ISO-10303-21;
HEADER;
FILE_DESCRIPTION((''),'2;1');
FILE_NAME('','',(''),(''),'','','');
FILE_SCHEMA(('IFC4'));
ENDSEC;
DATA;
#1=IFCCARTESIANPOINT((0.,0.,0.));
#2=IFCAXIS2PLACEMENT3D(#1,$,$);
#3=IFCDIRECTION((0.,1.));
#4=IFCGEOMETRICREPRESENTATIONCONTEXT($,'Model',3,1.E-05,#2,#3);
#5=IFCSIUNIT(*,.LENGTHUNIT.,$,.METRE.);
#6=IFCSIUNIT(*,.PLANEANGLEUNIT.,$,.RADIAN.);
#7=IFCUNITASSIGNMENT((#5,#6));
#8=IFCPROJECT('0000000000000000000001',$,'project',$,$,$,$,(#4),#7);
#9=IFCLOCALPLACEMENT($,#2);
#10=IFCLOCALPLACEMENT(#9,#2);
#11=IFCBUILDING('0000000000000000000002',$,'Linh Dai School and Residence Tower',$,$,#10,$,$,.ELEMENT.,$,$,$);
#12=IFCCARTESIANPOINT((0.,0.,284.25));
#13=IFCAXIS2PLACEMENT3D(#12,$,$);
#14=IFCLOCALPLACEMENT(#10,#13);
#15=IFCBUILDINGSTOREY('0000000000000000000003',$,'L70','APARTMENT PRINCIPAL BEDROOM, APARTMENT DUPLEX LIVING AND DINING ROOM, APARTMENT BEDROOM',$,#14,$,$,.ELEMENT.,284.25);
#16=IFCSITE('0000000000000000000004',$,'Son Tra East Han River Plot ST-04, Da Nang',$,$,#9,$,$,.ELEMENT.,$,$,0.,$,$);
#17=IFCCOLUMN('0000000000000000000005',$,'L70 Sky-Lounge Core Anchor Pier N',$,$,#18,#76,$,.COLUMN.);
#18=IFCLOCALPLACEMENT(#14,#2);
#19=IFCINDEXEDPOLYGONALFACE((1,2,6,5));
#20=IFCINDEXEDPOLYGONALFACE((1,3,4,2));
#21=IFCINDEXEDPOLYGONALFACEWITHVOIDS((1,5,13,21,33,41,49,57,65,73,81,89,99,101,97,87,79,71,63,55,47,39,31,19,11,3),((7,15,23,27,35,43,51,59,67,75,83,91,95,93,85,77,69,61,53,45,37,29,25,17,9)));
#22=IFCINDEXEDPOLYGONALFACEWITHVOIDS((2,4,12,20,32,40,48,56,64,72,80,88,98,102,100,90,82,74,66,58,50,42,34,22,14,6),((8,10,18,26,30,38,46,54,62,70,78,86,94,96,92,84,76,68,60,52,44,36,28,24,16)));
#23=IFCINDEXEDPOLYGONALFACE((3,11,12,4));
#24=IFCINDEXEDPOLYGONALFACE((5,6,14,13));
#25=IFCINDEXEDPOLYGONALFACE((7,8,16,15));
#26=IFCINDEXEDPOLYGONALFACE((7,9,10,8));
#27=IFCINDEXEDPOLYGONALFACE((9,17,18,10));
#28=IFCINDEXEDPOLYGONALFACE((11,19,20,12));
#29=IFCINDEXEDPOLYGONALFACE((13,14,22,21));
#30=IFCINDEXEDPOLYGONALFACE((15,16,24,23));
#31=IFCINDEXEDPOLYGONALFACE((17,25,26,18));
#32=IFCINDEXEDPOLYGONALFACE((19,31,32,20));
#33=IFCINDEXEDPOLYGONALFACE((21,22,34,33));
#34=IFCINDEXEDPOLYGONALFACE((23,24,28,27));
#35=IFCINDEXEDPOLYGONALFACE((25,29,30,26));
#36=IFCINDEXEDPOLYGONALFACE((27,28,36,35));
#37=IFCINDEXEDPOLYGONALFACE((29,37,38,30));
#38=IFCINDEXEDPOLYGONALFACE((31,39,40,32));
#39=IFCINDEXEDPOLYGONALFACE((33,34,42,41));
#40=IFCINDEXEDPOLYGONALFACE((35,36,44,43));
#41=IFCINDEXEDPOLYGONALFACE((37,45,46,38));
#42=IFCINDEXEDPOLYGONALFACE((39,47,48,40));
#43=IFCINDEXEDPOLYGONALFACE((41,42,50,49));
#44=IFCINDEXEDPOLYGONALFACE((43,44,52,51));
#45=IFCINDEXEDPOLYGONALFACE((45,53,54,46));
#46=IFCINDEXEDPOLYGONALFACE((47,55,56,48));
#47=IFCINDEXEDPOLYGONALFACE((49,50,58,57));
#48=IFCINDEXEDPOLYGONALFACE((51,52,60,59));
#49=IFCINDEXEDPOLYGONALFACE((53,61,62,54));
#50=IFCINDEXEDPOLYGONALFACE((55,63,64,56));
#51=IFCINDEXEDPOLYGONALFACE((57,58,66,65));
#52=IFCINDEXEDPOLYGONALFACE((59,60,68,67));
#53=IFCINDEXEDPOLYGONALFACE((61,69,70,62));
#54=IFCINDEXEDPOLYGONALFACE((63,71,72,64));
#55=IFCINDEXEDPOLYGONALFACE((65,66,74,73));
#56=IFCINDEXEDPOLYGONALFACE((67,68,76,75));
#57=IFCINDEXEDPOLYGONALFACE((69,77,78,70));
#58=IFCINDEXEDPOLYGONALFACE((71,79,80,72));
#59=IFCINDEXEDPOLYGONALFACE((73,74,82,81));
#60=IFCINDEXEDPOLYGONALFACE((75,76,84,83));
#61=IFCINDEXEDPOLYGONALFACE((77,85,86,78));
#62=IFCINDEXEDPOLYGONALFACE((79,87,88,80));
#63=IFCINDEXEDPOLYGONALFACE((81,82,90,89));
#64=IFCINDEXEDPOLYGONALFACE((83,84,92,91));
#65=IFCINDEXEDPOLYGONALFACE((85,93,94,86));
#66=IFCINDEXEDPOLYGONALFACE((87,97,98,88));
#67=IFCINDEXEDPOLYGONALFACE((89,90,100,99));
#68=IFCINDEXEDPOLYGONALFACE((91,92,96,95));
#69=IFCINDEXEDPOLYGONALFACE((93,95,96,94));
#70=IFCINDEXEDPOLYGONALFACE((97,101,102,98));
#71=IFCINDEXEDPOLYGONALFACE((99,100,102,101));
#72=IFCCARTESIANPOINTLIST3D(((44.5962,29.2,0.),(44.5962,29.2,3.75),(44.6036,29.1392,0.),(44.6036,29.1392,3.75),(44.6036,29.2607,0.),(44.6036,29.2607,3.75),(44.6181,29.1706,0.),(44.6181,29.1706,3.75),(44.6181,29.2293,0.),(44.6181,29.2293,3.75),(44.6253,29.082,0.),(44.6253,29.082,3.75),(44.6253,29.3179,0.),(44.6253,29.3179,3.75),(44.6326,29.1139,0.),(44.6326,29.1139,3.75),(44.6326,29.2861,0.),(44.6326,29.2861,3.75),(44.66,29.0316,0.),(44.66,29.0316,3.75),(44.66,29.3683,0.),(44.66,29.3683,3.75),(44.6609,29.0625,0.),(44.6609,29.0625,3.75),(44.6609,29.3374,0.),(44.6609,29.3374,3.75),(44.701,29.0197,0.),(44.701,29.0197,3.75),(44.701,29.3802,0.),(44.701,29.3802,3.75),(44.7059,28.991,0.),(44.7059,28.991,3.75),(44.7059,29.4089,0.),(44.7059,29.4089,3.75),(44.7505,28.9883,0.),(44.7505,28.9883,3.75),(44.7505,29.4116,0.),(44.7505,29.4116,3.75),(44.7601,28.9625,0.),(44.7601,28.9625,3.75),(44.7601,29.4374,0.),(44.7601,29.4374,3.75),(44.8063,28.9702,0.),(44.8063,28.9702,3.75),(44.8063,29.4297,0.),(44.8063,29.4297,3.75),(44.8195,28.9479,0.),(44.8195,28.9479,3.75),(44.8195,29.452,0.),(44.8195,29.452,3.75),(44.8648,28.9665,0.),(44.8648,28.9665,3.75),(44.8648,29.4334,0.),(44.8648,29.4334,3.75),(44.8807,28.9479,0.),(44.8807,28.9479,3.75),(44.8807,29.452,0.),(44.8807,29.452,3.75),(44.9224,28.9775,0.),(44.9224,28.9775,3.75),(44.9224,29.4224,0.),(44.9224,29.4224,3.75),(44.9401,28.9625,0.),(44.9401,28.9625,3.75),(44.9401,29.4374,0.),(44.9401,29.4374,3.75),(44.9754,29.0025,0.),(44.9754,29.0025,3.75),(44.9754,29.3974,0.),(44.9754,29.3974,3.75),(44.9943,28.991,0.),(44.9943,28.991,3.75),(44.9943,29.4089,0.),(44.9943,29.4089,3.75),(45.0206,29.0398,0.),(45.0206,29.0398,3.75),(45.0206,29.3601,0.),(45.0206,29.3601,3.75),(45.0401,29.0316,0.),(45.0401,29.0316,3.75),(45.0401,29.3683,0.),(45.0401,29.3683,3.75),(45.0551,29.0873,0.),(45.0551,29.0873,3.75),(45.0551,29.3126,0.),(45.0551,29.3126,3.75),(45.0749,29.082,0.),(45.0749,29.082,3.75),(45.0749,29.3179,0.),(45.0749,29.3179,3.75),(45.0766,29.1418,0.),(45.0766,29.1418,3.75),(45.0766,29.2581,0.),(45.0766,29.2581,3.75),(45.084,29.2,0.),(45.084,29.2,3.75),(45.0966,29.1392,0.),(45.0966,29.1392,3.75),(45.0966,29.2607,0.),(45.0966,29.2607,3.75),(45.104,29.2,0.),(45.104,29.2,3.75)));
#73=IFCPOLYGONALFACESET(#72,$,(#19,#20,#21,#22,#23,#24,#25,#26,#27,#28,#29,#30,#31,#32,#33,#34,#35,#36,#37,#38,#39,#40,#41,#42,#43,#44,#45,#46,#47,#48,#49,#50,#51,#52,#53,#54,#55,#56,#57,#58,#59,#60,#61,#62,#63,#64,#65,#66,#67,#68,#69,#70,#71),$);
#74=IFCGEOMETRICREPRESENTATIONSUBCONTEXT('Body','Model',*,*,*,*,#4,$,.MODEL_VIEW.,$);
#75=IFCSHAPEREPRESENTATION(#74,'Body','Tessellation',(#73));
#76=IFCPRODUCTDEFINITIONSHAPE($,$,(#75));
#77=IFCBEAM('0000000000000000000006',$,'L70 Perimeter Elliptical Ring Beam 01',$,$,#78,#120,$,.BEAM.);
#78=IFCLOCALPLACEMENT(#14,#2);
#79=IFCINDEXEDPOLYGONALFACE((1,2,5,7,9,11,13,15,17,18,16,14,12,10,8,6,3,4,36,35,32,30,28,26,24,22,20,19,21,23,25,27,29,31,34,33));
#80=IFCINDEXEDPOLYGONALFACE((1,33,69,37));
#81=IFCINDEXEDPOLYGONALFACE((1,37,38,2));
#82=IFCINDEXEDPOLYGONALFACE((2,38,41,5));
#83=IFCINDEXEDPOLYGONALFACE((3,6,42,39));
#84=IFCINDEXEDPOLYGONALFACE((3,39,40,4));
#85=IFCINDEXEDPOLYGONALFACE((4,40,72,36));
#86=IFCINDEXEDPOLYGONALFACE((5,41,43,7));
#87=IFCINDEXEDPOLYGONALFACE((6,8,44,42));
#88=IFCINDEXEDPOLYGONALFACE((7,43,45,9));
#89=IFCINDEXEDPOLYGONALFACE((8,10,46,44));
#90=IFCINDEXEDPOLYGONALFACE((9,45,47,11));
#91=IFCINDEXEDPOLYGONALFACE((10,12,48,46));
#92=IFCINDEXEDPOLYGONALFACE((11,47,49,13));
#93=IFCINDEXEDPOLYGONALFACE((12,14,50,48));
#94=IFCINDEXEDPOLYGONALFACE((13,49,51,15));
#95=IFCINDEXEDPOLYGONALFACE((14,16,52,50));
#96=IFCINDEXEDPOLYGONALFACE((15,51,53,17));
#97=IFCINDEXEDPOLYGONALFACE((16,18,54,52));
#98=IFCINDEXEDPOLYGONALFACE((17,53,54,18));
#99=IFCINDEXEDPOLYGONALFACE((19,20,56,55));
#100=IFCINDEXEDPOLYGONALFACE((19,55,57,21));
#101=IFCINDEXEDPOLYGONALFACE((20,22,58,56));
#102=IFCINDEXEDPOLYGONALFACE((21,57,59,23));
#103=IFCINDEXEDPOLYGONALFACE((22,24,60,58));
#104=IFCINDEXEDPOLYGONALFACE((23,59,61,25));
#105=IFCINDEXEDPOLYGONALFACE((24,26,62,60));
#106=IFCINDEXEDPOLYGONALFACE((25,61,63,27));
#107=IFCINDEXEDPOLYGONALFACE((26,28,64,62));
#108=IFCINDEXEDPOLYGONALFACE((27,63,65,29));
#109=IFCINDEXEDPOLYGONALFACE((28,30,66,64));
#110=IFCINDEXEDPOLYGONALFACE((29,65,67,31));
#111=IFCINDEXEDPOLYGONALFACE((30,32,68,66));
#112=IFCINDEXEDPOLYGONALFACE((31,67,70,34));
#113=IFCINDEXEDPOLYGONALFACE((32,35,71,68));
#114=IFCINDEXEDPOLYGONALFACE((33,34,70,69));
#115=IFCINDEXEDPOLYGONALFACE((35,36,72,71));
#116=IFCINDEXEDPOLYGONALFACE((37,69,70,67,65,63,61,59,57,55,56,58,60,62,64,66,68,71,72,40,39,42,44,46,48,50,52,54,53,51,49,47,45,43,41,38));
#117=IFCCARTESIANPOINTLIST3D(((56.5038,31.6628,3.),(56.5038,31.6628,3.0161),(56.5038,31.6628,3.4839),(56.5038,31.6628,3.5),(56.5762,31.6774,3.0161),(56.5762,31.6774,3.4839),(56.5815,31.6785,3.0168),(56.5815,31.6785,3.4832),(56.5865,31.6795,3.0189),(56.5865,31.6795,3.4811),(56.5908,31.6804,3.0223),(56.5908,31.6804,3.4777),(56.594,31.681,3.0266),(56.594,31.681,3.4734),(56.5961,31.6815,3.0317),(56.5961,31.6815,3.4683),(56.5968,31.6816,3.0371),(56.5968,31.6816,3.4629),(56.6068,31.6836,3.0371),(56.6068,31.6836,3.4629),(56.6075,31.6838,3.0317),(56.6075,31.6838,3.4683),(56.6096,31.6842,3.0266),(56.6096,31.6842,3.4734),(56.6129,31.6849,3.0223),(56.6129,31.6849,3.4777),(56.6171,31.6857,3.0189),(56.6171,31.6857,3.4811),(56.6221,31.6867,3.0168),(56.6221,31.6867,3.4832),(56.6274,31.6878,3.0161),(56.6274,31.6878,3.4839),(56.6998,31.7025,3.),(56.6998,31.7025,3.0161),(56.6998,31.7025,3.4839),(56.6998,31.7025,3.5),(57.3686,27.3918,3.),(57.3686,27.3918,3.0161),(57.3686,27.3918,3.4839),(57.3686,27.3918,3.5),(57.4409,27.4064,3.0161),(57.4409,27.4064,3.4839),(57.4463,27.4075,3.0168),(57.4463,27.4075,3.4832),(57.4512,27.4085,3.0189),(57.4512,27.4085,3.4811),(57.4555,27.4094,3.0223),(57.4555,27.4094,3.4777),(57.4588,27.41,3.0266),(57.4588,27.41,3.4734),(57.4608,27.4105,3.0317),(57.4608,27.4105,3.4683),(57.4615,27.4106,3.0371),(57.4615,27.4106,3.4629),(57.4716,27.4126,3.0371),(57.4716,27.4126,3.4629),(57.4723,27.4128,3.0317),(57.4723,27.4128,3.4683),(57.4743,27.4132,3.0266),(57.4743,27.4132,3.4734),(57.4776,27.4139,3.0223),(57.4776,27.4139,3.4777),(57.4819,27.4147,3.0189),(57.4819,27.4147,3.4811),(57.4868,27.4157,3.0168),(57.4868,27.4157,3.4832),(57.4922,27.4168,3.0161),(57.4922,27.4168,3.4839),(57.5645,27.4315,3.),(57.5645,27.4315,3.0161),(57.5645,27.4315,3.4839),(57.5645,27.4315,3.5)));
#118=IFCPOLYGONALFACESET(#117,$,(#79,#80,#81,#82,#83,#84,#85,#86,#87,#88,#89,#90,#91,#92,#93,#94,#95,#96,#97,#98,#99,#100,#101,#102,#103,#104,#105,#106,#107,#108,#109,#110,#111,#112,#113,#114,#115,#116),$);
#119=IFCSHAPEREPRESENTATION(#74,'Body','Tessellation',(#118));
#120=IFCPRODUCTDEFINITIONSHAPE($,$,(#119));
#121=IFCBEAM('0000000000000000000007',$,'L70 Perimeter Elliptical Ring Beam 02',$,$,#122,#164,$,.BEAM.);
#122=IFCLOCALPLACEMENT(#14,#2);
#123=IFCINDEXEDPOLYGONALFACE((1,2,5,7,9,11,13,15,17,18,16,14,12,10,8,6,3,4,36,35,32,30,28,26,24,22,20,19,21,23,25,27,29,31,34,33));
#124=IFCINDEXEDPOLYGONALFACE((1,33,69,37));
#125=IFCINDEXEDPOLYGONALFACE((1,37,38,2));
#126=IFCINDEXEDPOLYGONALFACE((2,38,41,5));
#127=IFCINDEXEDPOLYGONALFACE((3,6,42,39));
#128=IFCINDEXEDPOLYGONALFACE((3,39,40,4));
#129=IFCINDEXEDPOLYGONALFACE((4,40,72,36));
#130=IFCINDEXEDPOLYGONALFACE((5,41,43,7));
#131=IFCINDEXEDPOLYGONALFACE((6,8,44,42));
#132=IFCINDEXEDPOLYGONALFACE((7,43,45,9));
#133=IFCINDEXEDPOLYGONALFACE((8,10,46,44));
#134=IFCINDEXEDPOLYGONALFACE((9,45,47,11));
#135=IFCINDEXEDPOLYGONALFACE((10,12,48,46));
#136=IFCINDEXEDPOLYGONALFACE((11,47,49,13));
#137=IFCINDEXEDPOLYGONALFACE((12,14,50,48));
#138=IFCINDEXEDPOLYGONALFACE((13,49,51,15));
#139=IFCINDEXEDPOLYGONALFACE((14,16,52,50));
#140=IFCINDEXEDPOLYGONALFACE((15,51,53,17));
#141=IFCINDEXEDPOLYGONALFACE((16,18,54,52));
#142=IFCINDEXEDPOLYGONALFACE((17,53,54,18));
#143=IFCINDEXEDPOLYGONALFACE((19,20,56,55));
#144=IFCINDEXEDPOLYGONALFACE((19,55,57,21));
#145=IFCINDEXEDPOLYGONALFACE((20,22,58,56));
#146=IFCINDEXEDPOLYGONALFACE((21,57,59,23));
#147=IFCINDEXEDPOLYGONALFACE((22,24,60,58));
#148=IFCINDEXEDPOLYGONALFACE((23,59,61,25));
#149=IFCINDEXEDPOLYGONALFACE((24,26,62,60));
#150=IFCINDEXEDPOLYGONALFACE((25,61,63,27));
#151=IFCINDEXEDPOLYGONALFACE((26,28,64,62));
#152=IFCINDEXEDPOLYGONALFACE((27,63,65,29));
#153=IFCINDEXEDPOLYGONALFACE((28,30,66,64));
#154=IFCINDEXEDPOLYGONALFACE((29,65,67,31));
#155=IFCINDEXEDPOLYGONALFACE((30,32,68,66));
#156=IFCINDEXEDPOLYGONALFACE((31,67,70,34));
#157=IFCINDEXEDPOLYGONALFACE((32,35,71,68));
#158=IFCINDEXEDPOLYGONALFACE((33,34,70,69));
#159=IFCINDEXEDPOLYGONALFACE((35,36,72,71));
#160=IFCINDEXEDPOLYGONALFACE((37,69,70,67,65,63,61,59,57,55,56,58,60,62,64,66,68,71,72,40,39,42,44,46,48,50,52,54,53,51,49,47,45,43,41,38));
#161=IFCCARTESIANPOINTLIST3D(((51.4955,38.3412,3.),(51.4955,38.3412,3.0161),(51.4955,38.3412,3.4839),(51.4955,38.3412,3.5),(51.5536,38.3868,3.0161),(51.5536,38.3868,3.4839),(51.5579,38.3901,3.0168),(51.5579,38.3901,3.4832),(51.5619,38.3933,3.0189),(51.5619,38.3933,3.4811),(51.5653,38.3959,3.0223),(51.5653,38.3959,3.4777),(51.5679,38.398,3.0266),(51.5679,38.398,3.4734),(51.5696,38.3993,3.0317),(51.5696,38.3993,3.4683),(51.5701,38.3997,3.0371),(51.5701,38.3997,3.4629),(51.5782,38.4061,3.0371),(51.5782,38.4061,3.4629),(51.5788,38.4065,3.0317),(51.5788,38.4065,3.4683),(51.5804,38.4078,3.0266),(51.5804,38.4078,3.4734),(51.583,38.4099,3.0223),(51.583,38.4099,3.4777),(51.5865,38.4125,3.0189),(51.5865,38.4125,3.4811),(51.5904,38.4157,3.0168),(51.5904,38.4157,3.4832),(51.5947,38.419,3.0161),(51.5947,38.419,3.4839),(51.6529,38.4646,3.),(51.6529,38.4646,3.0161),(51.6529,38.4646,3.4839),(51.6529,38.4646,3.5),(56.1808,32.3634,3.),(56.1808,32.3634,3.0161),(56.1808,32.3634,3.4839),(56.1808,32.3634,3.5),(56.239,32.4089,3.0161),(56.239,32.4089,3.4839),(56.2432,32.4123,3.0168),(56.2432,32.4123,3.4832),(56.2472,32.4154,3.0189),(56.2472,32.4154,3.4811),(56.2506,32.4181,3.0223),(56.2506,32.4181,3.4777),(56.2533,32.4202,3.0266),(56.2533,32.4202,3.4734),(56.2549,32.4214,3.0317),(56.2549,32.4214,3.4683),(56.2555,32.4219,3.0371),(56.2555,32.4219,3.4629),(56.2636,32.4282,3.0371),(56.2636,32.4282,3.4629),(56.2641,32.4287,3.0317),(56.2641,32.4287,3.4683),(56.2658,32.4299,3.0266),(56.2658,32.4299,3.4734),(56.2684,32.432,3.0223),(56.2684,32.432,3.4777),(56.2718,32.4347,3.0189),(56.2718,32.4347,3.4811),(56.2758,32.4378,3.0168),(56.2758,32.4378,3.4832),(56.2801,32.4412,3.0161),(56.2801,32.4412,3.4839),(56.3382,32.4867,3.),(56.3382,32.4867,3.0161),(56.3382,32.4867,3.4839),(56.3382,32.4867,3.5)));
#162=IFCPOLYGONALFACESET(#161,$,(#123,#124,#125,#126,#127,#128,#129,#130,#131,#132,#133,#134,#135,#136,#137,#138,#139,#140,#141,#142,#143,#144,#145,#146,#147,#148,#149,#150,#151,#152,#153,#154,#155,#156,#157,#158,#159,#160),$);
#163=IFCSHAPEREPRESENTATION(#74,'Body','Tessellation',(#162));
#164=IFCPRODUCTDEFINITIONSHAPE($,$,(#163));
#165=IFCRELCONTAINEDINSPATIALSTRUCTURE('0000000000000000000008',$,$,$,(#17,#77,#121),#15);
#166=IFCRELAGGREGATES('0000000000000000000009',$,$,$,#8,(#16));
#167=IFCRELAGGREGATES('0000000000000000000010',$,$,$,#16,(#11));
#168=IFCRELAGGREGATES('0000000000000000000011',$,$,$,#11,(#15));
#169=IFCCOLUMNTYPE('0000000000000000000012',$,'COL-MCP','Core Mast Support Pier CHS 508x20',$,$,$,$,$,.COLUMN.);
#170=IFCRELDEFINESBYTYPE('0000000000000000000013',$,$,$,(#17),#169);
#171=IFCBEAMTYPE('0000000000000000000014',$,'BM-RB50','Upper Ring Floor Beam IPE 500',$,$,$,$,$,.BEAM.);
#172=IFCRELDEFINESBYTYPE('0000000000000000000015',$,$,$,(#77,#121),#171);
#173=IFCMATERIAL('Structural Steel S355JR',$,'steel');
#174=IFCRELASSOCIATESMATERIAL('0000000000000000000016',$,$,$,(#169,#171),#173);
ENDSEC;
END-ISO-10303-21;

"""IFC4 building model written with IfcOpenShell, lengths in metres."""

from ifc_helpers import new_model, si_unit, direction, frame, origin, origin_2d, place, context, subcontext, project, spatial, hollow_circle, i_section, extrude, material, material_profile, profile_set, type_object, element, save


model = new_model("IFC4")

# Units and contexts
model_context = context("Model", 3, precision=1e-05, world=origin(), true_north=direction((0.0, 1.0)))
body_context = subcontext(model_context, "Body", "Model", "MODEL_VIEW")
ifc_project = project(units=[si_unit("LENGTHUNIT", "METRE"), si_unit("PLANEANGLEUNIT", "RADIAN")], contexts=[model_context])

# Site, building, storey
site_placement = place(None, origin())
site = spatial("IfcSite", under=ifc_project, at=site_placement, Name="Son Tra East Han River Plot ST-04, Da Nang", CompositionType="ELEMENT", RefElevation=0.0)
building_placement = place(site_placement, origin())
building = spatial("IfcBuilding", under=site, at=building_placement, Name="Linh Dai School and Residence Tower", CompositionType="ELEMENT")
storey_placement = place(building_placement, frame((0.0, 0.0, 284.25)))
storey = spatial("IfcBuildingStorey", under=building, at=storey_placement, Name="L70", Description="APARTMENT PRINCIPAL BEDROOM, APARTMENT DUPLEX LIVING AND DINING ROOM, APARTMENT BEDROOM", CompositionType="ELEMENT", Elevation=284.25)

# Column
ifc_material_1 = material(Name="Structural Steel S355JR", Category="steel")
ifc_material_profile_1 = material_profile(ifc_material_1, hollow_circle(Radius=0.2539, WallThickness=0.02, at=origin_2d()), Name="CHS 508x20")
ifc_profile_set_1 = profile_set([ifc_material_profile_1], Name="Structural Steel S355JR")
column_type_1 = type_object("IfcColumnType", Name="COL-MCP", Description="Core Mast Support Pier CHS 508x20", PredefinedType="COLUMN", material=ifc_profile_set_1)
column_1_placement = place(storey_placement, frame((44.8501, 29.2, 0.0), z_axis=(0.0, 0.0, 1.0), x_axis=(1.0, 0.0, 0.0)))
element("IfcColumn", 1, at=column_1_placement, inside=storey, type_object=column_type_1, Name="L70 Sky-Lounge Core Anchor Pier N", PredefinedType="COLUMN", context=body_context, shape_type="SweptSolid", body=[
    extrude(hollow_circle(Radius=0.2539, WallThickness=0.02, at=origin_2d()), origin(), (0.0, 0.0, 1.0), 3.75),
])

# Beams
ifc_material_profile_2 = material_profile(ifc_material_1, i_section(OverallWidth=0.2, OverallDepth=0.5, WebThickness=0.0103, FlangeThickness=0.0161, FilletRadius=0.021, at=origin_2d()), Name="IPE 500")
ifc_profile_set_2 = profile_set([ifc_material_profile_2], Name="Structural Steel S355JR")
beam_type_1 = type_object("IfcBeamType", Name="BM-RB50", Description="Upper Ring Floor Beam IPE 500", PredefinedType="BEAM", material=ifc_profile_set_2)
beam_1_placement = place(storey_placement, frame((57.4666, 27.4116, 3.25), z_axis=(-0.198443, 0.980112, 0.0), x_axis=(-0.980112, -0.198443, 0.0)))
element("IfcBeam", 2, at=beam_1_placement, inside=storey, type_object=beam_type_1, Name="L70 Perimeter Elliptical Ring Beam 01", PredefinedType="BEAM", context=body_context, shape_type="SweptSolid", body=[
    extrude(i_section(OverallWidth=0.2, OverallDepth=0.5, WebThickness=0.0103, FlangeThickness=0.0161, FilletRadius=0.021, at=origin_2d()), origin(), (0.0, 0.0, 1.0), 4.3577),
])
beam_2_placement = place(storey_placement, frame((56.2595, 32.425, 3.25), z_axis=(-0.616883, 0.787055, 0.0), x_axis=(-0.787055, -0.616883, 0.0)))
element("IfcBeam", 3, at=beam_2_placement, inside=storey, type_object=beam_type_1, Name="L70 Perimeter Elliptical Ring Beam 02", PredefinedType="BEAM", context=body_context, shape_type="SweptSolid", body=[
    extrude(i_section(OverallWidth=0.2, OverallDepth=0.5, WebThickness=0.0103, FlangeThickness=0.0161, FilletRadius=0.021, at=origin_2d()), origin(), (0.0, 0.0, 1.0), 7.5952),
])

save(model, "model.ifc")
